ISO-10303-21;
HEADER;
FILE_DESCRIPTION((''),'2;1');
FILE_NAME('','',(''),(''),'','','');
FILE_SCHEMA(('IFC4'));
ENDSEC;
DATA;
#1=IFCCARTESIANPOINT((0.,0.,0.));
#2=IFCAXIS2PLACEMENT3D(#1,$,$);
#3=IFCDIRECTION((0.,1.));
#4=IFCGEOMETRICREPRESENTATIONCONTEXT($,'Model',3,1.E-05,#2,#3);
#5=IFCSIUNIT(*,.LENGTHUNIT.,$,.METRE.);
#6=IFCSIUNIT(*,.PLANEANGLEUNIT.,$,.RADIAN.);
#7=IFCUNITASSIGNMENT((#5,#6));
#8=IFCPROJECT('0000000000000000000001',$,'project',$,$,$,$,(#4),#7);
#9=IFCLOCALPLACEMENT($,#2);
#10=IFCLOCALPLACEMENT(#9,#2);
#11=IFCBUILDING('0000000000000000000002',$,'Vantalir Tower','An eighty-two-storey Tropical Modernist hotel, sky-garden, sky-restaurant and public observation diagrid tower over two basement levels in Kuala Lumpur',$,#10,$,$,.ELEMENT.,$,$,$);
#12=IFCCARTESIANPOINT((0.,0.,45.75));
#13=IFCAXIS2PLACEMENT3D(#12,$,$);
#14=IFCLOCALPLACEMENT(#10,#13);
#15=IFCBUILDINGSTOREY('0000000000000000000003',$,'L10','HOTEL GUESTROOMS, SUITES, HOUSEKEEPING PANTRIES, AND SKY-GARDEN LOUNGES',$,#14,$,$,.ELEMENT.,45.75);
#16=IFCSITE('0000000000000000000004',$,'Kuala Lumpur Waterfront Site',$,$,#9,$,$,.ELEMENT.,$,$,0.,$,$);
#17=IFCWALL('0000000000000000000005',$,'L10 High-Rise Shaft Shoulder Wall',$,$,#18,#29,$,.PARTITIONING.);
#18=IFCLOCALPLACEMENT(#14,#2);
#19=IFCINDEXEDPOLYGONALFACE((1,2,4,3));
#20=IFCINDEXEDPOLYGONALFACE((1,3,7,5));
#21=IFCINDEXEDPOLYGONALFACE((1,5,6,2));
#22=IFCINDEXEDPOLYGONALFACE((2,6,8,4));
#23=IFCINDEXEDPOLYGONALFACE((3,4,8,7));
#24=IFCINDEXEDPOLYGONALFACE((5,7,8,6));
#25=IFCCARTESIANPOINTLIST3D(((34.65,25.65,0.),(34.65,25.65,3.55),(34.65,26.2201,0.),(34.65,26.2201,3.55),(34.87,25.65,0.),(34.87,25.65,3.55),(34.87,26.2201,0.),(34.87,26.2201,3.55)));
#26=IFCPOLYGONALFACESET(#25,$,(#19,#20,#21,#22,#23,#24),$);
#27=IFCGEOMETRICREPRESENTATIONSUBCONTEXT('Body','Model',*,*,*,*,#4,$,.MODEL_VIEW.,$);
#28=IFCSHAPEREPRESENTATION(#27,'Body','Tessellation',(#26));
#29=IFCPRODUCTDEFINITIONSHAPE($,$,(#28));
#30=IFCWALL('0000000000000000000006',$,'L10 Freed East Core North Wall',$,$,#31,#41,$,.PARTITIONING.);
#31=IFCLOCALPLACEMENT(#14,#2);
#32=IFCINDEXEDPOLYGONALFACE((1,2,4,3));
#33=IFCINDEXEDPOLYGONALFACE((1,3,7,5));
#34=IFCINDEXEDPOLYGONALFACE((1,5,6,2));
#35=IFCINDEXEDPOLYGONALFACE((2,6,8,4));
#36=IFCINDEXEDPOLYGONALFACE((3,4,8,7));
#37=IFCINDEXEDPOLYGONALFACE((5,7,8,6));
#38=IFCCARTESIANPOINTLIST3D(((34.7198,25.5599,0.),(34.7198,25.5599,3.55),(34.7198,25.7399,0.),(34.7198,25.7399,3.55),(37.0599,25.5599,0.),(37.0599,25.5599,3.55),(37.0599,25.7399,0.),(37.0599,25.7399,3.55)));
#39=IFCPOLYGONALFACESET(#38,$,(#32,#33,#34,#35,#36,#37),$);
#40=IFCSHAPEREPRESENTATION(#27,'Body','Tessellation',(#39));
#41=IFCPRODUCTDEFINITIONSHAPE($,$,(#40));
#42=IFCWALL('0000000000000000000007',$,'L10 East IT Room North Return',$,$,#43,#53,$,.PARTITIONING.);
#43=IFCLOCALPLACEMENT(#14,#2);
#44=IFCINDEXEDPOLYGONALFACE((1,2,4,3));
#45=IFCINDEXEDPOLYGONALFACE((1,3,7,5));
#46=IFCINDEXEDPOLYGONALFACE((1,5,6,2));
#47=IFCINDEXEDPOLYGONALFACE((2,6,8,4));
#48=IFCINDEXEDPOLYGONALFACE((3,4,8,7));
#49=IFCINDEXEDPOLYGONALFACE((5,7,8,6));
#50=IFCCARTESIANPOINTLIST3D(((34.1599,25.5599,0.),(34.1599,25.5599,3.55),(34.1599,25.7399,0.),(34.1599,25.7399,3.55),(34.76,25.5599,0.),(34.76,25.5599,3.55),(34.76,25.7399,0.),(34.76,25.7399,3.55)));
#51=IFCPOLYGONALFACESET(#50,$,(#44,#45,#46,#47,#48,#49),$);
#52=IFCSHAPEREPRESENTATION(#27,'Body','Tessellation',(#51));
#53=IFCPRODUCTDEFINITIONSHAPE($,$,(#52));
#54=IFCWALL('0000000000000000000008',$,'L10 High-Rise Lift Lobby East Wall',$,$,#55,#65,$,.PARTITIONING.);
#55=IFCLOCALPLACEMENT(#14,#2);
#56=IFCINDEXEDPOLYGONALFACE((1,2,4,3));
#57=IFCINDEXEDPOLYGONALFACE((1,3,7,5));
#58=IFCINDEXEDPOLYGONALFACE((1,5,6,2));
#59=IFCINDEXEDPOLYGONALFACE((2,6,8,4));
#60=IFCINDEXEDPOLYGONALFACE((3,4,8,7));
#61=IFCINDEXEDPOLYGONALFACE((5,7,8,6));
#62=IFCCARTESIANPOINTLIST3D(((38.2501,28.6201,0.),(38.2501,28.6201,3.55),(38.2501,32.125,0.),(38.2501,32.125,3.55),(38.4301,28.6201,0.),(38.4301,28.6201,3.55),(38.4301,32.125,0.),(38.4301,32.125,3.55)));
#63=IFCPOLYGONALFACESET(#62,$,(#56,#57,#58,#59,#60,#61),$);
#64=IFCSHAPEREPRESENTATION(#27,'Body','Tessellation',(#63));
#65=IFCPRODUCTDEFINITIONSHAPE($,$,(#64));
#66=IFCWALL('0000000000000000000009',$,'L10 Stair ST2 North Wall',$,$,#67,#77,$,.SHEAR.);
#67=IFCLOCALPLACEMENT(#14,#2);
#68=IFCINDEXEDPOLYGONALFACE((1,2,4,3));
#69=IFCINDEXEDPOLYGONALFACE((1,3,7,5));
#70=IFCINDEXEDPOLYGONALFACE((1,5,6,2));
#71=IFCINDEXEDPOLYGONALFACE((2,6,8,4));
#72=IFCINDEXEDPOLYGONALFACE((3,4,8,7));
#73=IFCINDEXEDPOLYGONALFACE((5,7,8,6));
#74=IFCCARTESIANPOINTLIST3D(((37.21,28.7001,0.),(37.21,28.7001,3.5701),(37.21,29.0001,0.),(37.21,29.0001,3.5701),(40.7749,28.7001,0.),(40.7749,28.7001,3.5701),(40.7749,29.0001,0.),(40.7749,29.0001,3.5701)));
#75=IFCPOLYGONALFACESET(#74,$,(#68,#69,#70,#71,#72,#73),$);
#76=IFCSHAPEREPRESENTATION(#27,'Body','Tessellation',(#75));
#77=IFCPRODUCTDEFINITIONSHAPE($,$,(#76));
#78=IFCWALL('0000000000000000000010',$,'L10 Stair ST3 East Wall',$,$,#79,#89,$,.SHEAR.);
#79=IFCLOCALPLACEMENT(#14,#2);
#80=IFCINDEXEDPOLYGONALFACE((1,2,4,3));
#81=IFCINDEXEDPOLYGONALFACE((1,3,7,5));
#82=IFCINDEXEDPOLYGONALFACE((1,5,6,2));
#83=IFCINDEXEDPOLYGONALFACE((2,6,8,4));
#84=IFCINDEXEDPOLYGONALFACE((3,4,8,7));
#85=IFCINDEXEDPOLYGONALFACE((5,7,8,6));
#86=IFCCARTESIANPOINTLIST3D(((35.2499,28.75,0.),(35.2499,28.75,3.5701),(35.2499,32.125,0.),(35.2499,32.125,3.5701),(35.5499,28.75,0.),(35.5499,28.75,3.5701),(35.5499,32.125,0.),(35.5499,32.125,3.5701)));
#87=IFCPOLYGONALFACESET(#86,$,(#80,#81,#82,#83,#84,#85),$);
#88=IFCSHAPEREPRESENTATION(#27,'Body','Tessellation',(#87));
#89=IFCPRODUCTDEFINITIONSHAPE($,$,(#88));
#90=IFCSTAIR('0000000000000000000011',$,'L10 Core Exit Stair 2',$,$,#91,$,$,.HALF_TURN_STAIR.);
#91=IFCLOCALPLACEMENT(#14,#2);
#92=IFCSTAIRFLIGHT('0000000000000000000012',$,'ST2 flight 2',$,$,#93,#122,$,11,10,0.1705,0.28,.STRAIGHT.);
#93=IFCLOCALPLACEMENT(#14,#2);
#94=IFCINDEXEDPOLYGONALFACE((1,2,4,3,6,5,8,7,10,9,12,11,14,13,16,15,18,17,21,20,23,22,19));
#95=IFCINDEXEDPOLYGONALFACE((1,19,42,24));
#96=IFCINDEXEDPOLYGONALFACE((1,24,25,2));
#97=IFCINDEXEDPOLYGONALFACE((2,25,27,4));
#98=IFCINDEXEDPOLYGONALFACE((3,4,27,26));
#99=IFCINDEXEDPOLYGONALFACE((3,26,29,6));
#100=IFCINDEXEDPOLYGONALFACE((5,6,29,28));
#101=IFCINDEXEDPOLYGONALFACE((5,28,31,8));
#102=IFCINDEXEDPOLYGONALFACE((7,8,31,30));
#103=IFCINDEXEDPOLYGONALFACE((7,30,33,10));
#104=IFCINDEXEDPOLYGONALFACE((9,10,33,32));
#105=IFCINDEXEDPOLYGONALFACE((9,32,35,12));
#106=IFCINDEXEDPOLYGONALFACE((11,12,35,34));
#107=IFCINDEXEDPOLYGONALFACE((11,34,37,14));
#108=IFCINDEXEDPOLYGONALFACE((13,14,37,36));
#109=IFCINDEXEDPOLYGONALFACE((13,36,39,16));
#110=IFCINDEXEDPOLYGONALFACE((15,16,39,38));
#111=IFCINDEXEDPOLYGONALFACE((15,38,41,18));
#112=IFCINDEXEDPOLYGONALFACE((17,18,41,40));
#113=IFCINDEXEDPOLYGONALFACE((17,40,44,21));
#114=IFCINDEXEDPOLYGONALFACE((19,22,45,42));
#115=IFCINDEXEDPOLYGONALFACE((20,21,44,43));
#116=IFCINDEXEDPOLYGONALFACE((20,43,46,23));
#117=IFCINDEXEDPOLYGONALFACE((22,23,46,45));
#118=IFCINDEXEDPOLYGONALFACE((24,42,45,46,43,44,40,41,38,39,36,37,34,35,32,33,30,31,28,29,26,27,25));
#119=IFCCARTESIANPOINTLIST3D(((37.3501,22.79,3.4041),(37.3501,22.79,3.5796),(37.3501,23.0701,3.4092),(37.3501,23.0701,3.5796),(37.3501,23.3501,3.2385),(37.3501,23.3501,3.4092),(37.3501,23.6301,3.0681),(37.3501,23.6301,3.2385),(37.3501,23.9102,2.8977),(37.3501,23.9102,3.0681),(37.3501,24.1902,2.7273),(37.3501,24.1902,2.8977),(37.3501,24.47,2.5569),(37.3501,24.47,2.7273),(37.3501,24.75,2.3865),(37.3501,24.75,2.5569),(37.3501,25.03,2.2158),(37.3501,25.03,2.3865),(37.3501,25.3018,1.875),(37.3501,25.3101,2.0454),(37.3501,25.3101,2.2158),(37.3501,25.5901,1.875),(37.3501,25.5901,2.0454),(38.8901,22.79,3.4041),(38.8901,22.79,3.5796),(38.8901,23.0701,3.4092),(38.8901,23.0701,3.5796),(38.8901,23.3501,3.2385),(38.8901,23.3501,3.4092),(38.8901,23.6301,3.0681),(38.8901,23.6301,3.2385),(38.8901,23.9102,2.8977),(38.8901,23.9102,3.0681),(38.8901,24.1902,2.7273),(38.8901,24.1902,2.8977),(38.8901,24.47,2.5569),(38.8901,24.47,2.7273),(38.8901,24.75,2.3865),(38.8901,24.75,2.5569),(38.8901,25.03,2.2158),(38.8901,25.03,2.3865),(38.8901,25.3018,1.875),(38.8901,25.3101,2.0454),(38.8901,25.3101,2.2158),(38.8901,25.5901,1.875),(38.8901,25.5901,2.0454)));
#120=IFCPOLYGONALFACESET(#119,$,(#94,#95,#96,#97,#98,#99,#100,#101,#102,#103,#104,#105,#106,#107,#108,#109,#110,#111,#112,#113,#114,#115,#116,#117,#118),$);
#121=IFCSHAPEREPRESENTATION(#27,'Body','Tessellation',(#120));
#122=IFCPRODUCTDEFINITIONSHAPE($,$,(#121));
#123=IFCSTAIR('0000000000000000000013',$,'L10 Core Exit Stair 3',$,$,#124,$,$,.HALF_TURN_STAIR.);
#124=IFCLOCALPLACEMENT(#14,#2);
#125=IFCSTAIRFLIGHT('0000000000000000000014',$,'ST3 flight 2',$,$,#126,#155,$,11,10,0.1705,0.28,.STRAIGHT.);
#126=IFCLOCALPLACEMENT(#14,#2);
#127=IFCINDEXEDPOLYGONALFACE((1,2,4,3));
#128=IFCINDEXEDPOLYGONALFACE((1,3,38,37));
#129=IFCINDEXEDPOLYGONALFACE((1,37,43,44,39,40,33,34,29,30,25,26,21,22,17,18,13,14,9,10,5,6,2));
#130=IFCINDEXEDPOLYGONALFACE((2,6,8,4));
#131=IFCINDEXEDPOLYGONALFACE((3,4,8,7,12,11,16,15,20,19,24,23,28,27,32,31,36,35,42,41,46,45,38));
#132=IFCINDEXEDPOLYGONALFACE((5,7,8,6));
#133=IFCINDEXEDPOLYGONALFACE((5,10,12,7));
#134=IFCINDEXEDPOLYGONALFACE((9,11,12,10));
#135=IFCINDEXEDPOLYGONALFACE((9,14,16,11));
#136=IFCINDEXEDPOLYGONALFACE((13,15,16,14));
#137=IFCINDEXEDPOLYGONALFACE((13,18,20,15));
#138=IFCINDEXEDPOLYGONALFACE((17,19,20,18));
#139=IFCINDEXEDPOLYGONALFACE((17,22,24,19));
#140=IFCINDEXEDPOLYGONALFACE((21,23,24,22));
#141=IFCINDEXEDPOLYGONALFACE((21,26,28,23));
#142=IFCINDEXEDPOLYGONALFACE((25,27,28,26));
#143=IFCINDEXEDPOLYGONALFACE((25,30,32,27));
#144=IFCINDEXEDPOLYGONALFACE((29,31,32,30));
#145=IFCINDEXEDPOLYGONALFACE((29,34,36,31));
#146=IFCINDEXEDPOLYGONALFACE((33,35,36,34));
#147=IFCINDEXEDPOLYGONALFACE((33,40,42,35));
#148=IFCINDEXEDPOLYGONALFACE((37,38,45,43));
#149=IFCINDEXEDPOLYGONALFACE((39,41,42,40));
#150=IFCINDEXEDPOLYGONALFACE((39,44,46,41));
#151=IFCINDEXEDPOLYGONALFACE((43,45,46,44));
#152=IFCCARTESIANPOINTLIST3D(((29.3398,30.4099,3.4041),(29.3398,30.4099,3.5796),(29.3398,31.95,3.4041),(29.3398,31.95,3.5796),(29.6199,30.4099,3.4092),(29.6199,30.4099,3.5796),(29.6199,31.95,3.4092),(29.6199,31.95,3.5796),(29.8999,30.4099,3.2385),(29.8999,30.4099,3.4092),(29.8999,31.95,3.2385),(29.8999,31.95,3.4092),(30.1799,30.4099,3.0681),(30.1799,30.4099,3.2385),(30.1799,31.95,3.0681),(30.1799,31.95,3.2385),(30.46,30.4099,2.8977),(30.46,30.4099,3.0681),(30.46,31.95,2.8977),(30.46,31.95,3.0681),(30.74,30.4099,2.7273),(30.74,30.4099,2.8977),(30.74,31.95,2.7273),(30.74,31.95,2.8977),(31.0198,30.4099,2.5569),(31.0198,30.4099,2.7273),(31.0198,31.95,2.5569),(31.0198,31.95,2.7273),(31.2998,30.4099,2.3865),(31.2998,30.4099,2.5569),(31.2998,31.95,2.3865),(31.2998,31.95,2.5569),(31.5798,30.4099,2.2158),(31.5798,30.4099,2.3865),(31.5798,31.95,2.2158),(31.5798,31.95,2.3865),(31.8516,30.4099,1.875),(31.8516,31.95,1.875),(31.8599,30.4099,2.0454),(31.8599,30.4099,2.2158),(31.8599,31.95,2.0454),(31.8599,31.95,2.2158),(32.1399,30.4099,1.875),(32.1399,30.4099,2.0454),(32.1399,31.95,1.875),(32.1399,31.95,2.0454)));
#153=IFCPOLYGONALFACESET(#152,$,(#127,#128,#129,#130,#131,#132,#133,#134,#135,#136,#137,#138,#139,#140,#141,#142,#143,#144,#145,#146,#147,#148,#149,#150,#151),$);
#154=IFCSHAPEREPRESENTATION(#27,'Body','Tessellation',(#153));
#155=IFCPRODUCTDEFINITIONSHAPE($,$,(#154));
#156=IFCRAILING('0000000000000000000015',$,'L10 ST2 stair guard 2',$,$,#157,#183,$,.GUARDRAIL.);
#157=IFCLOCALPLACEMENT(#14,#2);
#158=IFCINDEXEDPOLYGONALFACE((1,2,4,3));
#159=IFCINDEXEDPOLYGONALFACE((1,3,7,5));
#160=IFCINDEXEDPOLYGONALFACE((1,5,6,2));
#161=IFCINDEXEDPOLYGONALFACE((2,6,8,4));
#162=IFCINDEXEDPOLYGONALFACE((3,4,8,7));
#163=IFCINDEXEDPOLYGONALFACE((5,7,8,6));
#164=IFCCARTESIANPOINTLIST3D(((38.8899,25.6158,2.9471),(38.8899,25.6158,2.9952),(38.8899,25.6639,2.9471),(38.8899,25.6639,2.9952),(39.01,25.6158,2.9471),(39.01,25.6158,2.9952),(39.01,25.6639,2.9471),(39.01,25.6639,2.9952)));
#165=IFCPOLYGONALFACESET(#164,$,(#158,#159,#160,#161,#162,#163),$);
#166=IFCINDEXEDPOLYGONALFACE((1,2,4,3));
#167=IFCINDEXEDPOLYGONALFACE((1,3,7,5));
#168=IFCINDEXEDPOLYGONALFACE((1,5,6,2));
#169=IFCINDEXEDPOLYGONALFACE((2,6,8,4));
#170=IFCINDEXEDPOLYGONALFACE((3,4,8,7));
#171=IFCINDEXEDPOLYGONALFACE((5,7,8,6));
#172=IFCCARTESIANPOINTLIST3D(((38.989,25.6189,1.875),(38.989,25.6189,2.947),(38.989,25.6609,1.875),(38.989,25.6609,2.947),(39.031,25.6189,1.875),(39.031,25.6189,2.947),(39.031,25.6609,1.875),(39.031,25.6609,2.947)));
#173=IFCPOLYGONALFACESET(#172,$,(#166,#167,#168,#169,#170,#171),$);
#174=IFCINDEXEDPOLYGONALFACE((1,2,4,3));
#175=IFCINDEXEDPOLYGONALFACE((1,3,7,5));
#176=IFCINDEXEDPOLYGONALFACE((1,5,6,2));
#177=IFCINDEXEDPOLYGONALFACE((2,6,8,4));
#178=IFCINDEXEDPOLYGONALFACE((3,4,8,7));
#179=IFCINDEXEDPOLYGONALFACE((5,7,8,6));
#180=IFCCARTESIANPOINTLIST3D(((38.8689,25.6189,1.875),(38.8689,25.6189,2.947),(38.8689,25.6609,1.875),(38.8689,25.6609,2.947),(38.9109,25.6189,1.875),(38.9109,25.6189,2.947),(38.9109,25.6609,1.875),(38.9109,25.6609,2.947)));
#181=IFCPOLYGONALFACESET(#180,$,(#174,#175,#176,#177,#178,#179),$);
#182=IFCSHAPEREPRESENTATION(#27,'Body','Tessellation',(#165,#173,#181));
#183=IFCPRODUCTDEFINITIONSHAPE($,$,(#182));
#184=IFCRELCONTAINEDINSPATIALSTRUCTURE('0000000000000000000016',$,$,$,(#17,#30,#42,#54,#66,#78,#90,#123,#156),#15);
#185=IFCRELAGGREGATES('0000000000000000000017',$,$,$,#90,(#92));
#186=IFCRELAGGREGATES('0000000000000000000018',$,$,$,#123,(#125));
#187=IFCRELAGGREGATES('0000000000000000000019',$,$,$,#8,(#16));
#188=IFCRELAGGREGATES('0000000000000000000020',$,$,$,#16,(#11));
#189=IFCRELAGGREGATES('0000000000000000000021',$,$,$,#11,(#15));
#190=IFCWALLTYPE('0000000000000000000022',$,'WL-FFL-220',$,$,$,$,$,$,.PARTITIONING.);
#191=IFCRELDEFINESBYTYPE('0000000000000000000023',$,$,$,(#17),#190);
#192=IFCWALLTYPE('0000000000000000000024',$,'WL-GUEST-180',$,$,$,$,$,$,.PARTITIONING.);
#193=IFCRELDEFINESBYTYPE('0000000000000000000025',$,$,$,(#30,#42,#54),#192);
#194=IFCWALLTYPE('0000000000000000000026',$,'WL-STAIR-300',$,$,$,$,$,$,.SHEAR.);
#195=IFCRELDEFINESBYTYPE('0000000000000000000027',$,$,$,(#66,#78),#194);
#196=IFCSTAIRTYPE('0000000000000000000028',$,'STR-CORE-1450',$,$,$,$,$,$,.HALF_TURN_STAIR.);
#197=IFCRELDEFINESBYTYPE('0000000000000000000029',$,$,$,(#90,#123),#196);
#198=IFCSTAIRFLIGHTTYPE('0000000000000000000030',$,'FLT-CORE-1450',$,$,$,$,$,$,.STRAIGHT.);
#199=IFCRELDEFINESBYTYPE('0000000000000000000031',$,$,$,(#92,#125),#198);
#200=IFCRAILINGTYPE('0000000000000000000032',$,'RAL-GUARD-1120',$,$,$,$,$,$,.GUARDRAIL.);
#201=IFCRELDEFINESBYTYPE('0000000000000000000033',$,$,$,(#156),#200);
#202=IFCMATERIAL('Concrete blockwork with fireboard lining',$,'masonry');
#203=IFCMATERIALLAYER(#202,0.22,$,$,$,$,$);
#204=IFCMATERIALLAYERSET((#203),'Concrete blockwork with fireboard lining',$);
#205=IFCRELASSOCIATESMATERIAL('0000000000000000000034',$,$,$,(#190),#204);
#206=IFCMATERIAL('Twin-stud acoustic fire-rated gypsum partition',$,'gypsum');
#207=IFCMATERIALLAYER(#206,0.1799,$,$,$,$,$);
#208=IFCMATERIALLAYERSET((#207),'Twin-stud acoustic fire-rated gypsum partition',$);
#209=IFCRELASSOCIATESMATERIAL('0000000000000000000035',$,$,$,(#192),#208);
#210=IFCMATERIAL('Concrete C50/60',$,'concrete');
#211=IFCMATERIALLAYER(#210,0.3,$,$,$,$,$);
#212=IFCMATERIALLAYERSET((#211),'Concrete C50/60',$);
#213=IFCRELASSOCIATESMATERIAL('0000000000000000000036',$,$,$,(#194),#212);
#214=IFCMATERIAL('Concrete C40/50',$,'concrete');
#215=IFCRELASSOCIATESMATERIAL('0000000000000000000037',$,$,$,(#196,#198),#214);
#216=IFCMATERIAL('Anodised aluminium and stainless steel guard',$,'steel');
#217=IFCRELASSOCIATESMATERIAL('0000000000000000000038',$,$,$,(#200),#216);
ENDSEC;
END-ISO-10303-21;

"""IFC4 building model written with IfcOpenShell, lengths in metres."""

from ifc_helpers import new_model, si_unit, direction, frame, frame_2d, origin, origin_2d, place, context, subcontext, project, spatial, polyline, rectangle, outline, extrude, material, layer, layer_set, type_object, element, aggregate, save


model = new_model("IFC4")

# Units and contexts
model_context = context("Model", 3, precision=1e-05, world=origin(), true_north=direction((0.0, 1.0)))
body_context = subcontext(model_context, "Body", "Model", "MODEL_VIEW")
ifc_project = project(units=[si_unit("LENGTHUNIT", "METRE"), si_unit("PLANEANGLEUNIT", "RADIAN")], contexts=[model_context])

# Site, building, storey
site_placement = place(None, origin())
site = spatial("IfcSite", under=ifc_project, at=site_placement, Name="Kuala Lumpur Waterfront Site", CompositionType="ELEMENT", RefElevation=0.0)
building_placement = place(site_placement, origin())
building = spatial("IfcBuilding", under=site, at=building_placement, Name="Vantalir Tower", Description="An eighty-two-storey Tropical Modernist hotel, sky-garden, sky-restaurant and public observation diagrid tower over two basement levels in Kuala Lumpur", CompositionType="ELEMENT")
storey_placement = place(building_placement, frame((0.0, 0.0, 45.75)))
storey = spatial("IfcBuildingStorey", under=building, at=storey_placement, Name="L10", Description="HOTEL GUESTROOMS, SUITES, HOUSEKEEPING PANTRIES, AND SKY-GARDEN LOUNGES", CompositionType="ELEMENT", Elevation=45.75)

# Walls
ifc_material_1 = material(Name="Concrete blockwork with fireboard lining", Category="masonry")
ifc_layer_1 = layer(ifc_material_1, 0.22)
ifc_layer_set_1 = layer_set([ifc_layer_1], Name="Concrete blockwork with fireboard lining")
wall_type_1 = type_object("IfcWallType", Name="WL-FFL-220", PredefinedType="PARTITIONING", material=ifc_layer_set_1)
wall_1_placement = place(storey_placement, frame((34.76, 25.6499, 0.0), z_axis=(0.0, 0.0, 1.0), x_axis=(0.0, 1.0, 0.0)))
element("IfcWall", 1, at=wall_1_placement, inside=storey, type_object=wall_type_1, Name="L10 High-Rise Shaft Shoulder Wall", PredefinedType="PARTITIONING", context=body_context, shape_type="SweptSolid", body=[
    extrude(rectangle(XDim=0.5701, YDim=0.22, at=frame_2d((0.2852, 0.0))), origin(), (0.0, 0.0, 1.0), 3.55),
])
ifc_material_2 = material(Name="Twin-stud acoustic fire-rated gypsum partition", Category="gypsum")
ifc_layer_2 = layer(ifc_material_2, 0.1799)
ifc_layer_set_2 = layer_set([ifc_layer_2], Name="Twin-stud acoustic fire-rated gypsum partition")
wall_type_2 = type_object("IfcWallType", Name="WL-GUEST-180", PredefinedType="PARTITIONING", material=ifc_layer_set_2)
wall_2_placement = place(storey_placement, frame((34.72, 25.6499, 0.0), z_axis=(0.0, 0.0, 1.0), x_axis=(1.0, 0.0, 0.0)))
element("IfcWall", 2, at=wall_2_placement, inside=storey, type_object=wall_type_2, Name="L10 Freed East Core North Wall", PredefinedType="PARTITIONING", context=body_context, shape_type="SweptSolid", body=[
    extrude(rectangle(XDim=2.3401, YDim=0.1799, at=frame_2d((1.1699, 0.0))), origin(), (0.0, 0.0, 1.0), 3.55),
])
wall_3_placement = place(storey_placement, frame((34.1599, 25.6499, 0.0), z_axis=(0.0, 0.0, 1.0), x_axis=(1.0, 0.0, 0.0)))
element("IfcWall", 3, at=wall_3_placement, inside=storey, type_object=wall_type_2, Name="L10 East IT Room North Return", PredefinedType="PARTITIONING", context=body_context, shape_type="SweptSolid", body=[
    extrude(rectangle(XDim=0.6001, YDim=0.1799, at=frame_2d((0.3, 0.0))), origin(), (0.0, 0.0, 1.0), 3.55),
])
wall_4_placement = place(storey_placement, frame((38.3401, 28.6201, 0.0), z_axis=(0.0, 0.0, 1.0), x_axis=(0.0, 1.0, 0.0)))
element("IfcWall", 4, at=wall_4_placement, inside=storey, type_object=wall_type_2, Name="L10 High-Rise Lift Lobby East Wall", PredefinedType="PARTITIONING", context=body_context, shape_type="SweptSolid", body=[
    extrude(rectangle(XDim=3.5049, YDim=0.1799, at=frame_2d((1.7524, 0.0))), origin(), (0.0, 0.0, 1.0), 3.55),
])
ifc_material_3 = material(Name="Concrete C50/60", Category="concrete")
ifc_layer_3 = layer(ifc_material_3, 0.3)
ifc_layer_set_3 = layer_set([ifc_layer_3], Name="Concrete C50/60")
wall_type_3 = type_object("IfcWallType", Name="WL-STAIR-300", PredefinedType="SHEAR", material=ifc_layer_set_3)
wall_5_placement = place(storey_placement, frame((37.21, 28.8501, 0.0), z_axis=(0.0, 0.0, 1.0), x_axis=(1.0, 0.0, 0.0)))
element("IfcWall", 5, at=wall_5_placement, inside=storey, type_object=wall_type_3, Name="L10 Stair ST2 North Wall", PredefinedType="SHEAR", context=body_context, shape_type="SweptSolid", body=[
    extrude(rectangle(XDim=3.5649, YDim=0.3, at=frame_2d((1.7825, 0.0))), origin(), (0.0, 0.0, 1.0), 3.5701),
])
wall_6_placement = place(storey_placement, frame((35.3999, 28.75, 0.0), z_axis=(0.0, 0.0, 1.0), x_axis=(0.0, 1.0, 0.0)))
element("IfcWall", 6, at=wall_6_placement, inside=storey, type_object=wall_type_3, Name="L10 Stair ST3 East Wall", PredefinedType="SHEAR", context=body_context, shape_type="SweptSolid", body=[
    extrude(rectangle(XDim=3.375, YDim=0.3, at=frame_2d((1.6875, 0.0))), origin(), (0.0, 0.0, 1.0), 3.5701),
])

# Stairs, stair flights
ifc_material_4 = material(Name="Concrete C40/50", Category="concrete")
stair_type = type_object("IfcStairType", Name="STR-CORE-1450", PredefinedType="HALF_TURN_STAIR", material=ifc_material_4)
stair_1_placement = place(storey_placement, origin())
stair_1 = element("IfcStair", 7, at=stair_1_placement, inside=storey, type_object=stair_type, Name="L10 Core Exit Stair 2", PredefinedType="HALF_TURN_STAIR")
stair_flight_type = type_object("IfcStairFlightType", Name="FLT-CORE-1450", PredefinedType="STRAIGHT", material=ifc_material_4)
stair_flight_1_placement = place(storey_placement, frame((38.1201, 25.5901, 1.875), z_axis=(0.0, 0.0, 1.0), x_axis=(0.0, -1.0, 0.0)))
stair_flight_1 = element("IfcStairFlight", 8, at=stair_flight_1_placement, type_object=stair_flight_type, Name="ST2 flight 2", NumberOfRisers=11, NumberOfTreads=10, PredefinedType="STRAIGHT", RiserHeight=0.1705, TreadLength=0.28, context=body_context, shape_type="SweptSolid", body=[
    extrude(outline(polyline([(0.0, 0.0), (0.0, 0.1704), (0.28, 0.1704), (0.28, 0.3408), (0.5601, 0.3408), (0.5601, 0.5115), (0.8401, 0.5115), (0.8401, 0.6819), (1.1201, 0.6819), (1.1201, 0.8523), (1.3999, 0.8523), (1.3999, 1.0227), (1.6799, 1.0227), (1.6799, 1.1931), (1.96, 1.1931), (1.96, 1.3635), (2.24, 1.3635), (2.24, 1.5342), (2.52, 1.5342), (2.52, 1.7046), (2.8, 1.7046), (2.8, 1.875), (2.8, 1.5291), (0.2883, 0.0), (0.0, 0.0)])), frame((0.0, 0.77, 0.0), z_axis=(0.0, -1.0, 0.0), x_axis=(1.0, 0.0, 0.0)), (0.0, 0.0, 1.0), 1.54),
])
aggregate(stair_1, [stair_flight_1])
stair_2_placement = place(storey_placement, origin())
stair_2 = element("IfcStair", 9, at=stair_2_placement, inside=storey, type_object=stair_type, Name="L10 Core Exit Stair 3", PredefinedType="HALF_TURN_STAIR")
stair_flight_2_placement = place(storey_placement, frame((32.1399, 31.1799, 1.875), z_axis=(0.0, 0.0, 1.0), x_axis=(-1.0, 0.0, 0.0)))
stair_flight_2 = element("IfcStairFlight", 10, at=stair_flight_2_placement, type_object=stair_flight_type, Name="ST3 flight 2", NumberOfRisers=11, NumberOfTreads=10, PredefinedType="STRAIGHT", RiserHeight=0.1705, TreadLength=0.28, context=body_context, shape_type="SweptSolid", body=[
    extrude(outline(polyline([(0.0, 0.0), (0.0, 0.1704), (0.28, 0.1704), (0.28, 0.3408), (0.5601, 0.3408), (0.5601, 0.5115), (0.8401, 0.5115), (0.8401, 0.6819), (1.1201, 0.6819), (1.1201, 0.8523), (1.3999, 0.8523), (1.3999, 1.0227), (1.6799, 1.0227), (1.6799, 1.1931), (1.96, 1.1931), (1.96, 1.3635), (2.24, 1.3635), (2.24, 1.5342), (2.52, 1.5342), (2.52, 1.7046), (2.8, 1.7046), (2.8, 1.875), (2.8, 1.5291), (0.2883, 0.0), (0.0, 0.0)])), frame((0.0, 0.77, 0.0), z_axis=(0.0, -1.0, 0.0), x_axis=(1.0, 0.0, 0.0)), (0.0, 0.0, 1.0), 1.54),
])
aggregate(stair_2, [stair_flight_2])

# Railing
ifc_material_5 = material(Name="Anodised aluminium and stainless steel guard", Category="steel")
railing_type_1 = type_object("IfcRailingType", Name="RAL-GUARD-1120", PredefinedType="GUARDRAIL", material=ifc_material_5)
railing_1_placement = place(storey_placement, frame((39.01, 25.6399, 1.875)))
element("IfcRailing", 11, at=railing_1_placement, inside=storey, type_object=railing_type_1, Name="L10 ST2 stair guard 2", PredefinedType="GUARDRAIL", context=body_context, shape_type="SweptSolid", body=[
    extrude(rectangle(XDim=0.0481, YDim=0.0481, at=origin_2d()), frame((0.0, 0.0, 1.0962), z_axis=(-1.0, 0.0, 0.0), x_axis=(0.0, -1.0, 0.0)), (0.0, 0.0, 1.0), 0.1201),
    extrude(rectangle(XDim=0.042, YDim=0.042, at=origin_2d()), origin(), (0.0, 0.0, 1.0), 1.072),
    extrude(rectangle(XDim=0.042, YDim=0.042, at=origin_2d()), frame((-0.1201, 0.0, 0.0)), (0.0, 0.0, 1.0), 1.072),
])

save(model, "model.ifc")
